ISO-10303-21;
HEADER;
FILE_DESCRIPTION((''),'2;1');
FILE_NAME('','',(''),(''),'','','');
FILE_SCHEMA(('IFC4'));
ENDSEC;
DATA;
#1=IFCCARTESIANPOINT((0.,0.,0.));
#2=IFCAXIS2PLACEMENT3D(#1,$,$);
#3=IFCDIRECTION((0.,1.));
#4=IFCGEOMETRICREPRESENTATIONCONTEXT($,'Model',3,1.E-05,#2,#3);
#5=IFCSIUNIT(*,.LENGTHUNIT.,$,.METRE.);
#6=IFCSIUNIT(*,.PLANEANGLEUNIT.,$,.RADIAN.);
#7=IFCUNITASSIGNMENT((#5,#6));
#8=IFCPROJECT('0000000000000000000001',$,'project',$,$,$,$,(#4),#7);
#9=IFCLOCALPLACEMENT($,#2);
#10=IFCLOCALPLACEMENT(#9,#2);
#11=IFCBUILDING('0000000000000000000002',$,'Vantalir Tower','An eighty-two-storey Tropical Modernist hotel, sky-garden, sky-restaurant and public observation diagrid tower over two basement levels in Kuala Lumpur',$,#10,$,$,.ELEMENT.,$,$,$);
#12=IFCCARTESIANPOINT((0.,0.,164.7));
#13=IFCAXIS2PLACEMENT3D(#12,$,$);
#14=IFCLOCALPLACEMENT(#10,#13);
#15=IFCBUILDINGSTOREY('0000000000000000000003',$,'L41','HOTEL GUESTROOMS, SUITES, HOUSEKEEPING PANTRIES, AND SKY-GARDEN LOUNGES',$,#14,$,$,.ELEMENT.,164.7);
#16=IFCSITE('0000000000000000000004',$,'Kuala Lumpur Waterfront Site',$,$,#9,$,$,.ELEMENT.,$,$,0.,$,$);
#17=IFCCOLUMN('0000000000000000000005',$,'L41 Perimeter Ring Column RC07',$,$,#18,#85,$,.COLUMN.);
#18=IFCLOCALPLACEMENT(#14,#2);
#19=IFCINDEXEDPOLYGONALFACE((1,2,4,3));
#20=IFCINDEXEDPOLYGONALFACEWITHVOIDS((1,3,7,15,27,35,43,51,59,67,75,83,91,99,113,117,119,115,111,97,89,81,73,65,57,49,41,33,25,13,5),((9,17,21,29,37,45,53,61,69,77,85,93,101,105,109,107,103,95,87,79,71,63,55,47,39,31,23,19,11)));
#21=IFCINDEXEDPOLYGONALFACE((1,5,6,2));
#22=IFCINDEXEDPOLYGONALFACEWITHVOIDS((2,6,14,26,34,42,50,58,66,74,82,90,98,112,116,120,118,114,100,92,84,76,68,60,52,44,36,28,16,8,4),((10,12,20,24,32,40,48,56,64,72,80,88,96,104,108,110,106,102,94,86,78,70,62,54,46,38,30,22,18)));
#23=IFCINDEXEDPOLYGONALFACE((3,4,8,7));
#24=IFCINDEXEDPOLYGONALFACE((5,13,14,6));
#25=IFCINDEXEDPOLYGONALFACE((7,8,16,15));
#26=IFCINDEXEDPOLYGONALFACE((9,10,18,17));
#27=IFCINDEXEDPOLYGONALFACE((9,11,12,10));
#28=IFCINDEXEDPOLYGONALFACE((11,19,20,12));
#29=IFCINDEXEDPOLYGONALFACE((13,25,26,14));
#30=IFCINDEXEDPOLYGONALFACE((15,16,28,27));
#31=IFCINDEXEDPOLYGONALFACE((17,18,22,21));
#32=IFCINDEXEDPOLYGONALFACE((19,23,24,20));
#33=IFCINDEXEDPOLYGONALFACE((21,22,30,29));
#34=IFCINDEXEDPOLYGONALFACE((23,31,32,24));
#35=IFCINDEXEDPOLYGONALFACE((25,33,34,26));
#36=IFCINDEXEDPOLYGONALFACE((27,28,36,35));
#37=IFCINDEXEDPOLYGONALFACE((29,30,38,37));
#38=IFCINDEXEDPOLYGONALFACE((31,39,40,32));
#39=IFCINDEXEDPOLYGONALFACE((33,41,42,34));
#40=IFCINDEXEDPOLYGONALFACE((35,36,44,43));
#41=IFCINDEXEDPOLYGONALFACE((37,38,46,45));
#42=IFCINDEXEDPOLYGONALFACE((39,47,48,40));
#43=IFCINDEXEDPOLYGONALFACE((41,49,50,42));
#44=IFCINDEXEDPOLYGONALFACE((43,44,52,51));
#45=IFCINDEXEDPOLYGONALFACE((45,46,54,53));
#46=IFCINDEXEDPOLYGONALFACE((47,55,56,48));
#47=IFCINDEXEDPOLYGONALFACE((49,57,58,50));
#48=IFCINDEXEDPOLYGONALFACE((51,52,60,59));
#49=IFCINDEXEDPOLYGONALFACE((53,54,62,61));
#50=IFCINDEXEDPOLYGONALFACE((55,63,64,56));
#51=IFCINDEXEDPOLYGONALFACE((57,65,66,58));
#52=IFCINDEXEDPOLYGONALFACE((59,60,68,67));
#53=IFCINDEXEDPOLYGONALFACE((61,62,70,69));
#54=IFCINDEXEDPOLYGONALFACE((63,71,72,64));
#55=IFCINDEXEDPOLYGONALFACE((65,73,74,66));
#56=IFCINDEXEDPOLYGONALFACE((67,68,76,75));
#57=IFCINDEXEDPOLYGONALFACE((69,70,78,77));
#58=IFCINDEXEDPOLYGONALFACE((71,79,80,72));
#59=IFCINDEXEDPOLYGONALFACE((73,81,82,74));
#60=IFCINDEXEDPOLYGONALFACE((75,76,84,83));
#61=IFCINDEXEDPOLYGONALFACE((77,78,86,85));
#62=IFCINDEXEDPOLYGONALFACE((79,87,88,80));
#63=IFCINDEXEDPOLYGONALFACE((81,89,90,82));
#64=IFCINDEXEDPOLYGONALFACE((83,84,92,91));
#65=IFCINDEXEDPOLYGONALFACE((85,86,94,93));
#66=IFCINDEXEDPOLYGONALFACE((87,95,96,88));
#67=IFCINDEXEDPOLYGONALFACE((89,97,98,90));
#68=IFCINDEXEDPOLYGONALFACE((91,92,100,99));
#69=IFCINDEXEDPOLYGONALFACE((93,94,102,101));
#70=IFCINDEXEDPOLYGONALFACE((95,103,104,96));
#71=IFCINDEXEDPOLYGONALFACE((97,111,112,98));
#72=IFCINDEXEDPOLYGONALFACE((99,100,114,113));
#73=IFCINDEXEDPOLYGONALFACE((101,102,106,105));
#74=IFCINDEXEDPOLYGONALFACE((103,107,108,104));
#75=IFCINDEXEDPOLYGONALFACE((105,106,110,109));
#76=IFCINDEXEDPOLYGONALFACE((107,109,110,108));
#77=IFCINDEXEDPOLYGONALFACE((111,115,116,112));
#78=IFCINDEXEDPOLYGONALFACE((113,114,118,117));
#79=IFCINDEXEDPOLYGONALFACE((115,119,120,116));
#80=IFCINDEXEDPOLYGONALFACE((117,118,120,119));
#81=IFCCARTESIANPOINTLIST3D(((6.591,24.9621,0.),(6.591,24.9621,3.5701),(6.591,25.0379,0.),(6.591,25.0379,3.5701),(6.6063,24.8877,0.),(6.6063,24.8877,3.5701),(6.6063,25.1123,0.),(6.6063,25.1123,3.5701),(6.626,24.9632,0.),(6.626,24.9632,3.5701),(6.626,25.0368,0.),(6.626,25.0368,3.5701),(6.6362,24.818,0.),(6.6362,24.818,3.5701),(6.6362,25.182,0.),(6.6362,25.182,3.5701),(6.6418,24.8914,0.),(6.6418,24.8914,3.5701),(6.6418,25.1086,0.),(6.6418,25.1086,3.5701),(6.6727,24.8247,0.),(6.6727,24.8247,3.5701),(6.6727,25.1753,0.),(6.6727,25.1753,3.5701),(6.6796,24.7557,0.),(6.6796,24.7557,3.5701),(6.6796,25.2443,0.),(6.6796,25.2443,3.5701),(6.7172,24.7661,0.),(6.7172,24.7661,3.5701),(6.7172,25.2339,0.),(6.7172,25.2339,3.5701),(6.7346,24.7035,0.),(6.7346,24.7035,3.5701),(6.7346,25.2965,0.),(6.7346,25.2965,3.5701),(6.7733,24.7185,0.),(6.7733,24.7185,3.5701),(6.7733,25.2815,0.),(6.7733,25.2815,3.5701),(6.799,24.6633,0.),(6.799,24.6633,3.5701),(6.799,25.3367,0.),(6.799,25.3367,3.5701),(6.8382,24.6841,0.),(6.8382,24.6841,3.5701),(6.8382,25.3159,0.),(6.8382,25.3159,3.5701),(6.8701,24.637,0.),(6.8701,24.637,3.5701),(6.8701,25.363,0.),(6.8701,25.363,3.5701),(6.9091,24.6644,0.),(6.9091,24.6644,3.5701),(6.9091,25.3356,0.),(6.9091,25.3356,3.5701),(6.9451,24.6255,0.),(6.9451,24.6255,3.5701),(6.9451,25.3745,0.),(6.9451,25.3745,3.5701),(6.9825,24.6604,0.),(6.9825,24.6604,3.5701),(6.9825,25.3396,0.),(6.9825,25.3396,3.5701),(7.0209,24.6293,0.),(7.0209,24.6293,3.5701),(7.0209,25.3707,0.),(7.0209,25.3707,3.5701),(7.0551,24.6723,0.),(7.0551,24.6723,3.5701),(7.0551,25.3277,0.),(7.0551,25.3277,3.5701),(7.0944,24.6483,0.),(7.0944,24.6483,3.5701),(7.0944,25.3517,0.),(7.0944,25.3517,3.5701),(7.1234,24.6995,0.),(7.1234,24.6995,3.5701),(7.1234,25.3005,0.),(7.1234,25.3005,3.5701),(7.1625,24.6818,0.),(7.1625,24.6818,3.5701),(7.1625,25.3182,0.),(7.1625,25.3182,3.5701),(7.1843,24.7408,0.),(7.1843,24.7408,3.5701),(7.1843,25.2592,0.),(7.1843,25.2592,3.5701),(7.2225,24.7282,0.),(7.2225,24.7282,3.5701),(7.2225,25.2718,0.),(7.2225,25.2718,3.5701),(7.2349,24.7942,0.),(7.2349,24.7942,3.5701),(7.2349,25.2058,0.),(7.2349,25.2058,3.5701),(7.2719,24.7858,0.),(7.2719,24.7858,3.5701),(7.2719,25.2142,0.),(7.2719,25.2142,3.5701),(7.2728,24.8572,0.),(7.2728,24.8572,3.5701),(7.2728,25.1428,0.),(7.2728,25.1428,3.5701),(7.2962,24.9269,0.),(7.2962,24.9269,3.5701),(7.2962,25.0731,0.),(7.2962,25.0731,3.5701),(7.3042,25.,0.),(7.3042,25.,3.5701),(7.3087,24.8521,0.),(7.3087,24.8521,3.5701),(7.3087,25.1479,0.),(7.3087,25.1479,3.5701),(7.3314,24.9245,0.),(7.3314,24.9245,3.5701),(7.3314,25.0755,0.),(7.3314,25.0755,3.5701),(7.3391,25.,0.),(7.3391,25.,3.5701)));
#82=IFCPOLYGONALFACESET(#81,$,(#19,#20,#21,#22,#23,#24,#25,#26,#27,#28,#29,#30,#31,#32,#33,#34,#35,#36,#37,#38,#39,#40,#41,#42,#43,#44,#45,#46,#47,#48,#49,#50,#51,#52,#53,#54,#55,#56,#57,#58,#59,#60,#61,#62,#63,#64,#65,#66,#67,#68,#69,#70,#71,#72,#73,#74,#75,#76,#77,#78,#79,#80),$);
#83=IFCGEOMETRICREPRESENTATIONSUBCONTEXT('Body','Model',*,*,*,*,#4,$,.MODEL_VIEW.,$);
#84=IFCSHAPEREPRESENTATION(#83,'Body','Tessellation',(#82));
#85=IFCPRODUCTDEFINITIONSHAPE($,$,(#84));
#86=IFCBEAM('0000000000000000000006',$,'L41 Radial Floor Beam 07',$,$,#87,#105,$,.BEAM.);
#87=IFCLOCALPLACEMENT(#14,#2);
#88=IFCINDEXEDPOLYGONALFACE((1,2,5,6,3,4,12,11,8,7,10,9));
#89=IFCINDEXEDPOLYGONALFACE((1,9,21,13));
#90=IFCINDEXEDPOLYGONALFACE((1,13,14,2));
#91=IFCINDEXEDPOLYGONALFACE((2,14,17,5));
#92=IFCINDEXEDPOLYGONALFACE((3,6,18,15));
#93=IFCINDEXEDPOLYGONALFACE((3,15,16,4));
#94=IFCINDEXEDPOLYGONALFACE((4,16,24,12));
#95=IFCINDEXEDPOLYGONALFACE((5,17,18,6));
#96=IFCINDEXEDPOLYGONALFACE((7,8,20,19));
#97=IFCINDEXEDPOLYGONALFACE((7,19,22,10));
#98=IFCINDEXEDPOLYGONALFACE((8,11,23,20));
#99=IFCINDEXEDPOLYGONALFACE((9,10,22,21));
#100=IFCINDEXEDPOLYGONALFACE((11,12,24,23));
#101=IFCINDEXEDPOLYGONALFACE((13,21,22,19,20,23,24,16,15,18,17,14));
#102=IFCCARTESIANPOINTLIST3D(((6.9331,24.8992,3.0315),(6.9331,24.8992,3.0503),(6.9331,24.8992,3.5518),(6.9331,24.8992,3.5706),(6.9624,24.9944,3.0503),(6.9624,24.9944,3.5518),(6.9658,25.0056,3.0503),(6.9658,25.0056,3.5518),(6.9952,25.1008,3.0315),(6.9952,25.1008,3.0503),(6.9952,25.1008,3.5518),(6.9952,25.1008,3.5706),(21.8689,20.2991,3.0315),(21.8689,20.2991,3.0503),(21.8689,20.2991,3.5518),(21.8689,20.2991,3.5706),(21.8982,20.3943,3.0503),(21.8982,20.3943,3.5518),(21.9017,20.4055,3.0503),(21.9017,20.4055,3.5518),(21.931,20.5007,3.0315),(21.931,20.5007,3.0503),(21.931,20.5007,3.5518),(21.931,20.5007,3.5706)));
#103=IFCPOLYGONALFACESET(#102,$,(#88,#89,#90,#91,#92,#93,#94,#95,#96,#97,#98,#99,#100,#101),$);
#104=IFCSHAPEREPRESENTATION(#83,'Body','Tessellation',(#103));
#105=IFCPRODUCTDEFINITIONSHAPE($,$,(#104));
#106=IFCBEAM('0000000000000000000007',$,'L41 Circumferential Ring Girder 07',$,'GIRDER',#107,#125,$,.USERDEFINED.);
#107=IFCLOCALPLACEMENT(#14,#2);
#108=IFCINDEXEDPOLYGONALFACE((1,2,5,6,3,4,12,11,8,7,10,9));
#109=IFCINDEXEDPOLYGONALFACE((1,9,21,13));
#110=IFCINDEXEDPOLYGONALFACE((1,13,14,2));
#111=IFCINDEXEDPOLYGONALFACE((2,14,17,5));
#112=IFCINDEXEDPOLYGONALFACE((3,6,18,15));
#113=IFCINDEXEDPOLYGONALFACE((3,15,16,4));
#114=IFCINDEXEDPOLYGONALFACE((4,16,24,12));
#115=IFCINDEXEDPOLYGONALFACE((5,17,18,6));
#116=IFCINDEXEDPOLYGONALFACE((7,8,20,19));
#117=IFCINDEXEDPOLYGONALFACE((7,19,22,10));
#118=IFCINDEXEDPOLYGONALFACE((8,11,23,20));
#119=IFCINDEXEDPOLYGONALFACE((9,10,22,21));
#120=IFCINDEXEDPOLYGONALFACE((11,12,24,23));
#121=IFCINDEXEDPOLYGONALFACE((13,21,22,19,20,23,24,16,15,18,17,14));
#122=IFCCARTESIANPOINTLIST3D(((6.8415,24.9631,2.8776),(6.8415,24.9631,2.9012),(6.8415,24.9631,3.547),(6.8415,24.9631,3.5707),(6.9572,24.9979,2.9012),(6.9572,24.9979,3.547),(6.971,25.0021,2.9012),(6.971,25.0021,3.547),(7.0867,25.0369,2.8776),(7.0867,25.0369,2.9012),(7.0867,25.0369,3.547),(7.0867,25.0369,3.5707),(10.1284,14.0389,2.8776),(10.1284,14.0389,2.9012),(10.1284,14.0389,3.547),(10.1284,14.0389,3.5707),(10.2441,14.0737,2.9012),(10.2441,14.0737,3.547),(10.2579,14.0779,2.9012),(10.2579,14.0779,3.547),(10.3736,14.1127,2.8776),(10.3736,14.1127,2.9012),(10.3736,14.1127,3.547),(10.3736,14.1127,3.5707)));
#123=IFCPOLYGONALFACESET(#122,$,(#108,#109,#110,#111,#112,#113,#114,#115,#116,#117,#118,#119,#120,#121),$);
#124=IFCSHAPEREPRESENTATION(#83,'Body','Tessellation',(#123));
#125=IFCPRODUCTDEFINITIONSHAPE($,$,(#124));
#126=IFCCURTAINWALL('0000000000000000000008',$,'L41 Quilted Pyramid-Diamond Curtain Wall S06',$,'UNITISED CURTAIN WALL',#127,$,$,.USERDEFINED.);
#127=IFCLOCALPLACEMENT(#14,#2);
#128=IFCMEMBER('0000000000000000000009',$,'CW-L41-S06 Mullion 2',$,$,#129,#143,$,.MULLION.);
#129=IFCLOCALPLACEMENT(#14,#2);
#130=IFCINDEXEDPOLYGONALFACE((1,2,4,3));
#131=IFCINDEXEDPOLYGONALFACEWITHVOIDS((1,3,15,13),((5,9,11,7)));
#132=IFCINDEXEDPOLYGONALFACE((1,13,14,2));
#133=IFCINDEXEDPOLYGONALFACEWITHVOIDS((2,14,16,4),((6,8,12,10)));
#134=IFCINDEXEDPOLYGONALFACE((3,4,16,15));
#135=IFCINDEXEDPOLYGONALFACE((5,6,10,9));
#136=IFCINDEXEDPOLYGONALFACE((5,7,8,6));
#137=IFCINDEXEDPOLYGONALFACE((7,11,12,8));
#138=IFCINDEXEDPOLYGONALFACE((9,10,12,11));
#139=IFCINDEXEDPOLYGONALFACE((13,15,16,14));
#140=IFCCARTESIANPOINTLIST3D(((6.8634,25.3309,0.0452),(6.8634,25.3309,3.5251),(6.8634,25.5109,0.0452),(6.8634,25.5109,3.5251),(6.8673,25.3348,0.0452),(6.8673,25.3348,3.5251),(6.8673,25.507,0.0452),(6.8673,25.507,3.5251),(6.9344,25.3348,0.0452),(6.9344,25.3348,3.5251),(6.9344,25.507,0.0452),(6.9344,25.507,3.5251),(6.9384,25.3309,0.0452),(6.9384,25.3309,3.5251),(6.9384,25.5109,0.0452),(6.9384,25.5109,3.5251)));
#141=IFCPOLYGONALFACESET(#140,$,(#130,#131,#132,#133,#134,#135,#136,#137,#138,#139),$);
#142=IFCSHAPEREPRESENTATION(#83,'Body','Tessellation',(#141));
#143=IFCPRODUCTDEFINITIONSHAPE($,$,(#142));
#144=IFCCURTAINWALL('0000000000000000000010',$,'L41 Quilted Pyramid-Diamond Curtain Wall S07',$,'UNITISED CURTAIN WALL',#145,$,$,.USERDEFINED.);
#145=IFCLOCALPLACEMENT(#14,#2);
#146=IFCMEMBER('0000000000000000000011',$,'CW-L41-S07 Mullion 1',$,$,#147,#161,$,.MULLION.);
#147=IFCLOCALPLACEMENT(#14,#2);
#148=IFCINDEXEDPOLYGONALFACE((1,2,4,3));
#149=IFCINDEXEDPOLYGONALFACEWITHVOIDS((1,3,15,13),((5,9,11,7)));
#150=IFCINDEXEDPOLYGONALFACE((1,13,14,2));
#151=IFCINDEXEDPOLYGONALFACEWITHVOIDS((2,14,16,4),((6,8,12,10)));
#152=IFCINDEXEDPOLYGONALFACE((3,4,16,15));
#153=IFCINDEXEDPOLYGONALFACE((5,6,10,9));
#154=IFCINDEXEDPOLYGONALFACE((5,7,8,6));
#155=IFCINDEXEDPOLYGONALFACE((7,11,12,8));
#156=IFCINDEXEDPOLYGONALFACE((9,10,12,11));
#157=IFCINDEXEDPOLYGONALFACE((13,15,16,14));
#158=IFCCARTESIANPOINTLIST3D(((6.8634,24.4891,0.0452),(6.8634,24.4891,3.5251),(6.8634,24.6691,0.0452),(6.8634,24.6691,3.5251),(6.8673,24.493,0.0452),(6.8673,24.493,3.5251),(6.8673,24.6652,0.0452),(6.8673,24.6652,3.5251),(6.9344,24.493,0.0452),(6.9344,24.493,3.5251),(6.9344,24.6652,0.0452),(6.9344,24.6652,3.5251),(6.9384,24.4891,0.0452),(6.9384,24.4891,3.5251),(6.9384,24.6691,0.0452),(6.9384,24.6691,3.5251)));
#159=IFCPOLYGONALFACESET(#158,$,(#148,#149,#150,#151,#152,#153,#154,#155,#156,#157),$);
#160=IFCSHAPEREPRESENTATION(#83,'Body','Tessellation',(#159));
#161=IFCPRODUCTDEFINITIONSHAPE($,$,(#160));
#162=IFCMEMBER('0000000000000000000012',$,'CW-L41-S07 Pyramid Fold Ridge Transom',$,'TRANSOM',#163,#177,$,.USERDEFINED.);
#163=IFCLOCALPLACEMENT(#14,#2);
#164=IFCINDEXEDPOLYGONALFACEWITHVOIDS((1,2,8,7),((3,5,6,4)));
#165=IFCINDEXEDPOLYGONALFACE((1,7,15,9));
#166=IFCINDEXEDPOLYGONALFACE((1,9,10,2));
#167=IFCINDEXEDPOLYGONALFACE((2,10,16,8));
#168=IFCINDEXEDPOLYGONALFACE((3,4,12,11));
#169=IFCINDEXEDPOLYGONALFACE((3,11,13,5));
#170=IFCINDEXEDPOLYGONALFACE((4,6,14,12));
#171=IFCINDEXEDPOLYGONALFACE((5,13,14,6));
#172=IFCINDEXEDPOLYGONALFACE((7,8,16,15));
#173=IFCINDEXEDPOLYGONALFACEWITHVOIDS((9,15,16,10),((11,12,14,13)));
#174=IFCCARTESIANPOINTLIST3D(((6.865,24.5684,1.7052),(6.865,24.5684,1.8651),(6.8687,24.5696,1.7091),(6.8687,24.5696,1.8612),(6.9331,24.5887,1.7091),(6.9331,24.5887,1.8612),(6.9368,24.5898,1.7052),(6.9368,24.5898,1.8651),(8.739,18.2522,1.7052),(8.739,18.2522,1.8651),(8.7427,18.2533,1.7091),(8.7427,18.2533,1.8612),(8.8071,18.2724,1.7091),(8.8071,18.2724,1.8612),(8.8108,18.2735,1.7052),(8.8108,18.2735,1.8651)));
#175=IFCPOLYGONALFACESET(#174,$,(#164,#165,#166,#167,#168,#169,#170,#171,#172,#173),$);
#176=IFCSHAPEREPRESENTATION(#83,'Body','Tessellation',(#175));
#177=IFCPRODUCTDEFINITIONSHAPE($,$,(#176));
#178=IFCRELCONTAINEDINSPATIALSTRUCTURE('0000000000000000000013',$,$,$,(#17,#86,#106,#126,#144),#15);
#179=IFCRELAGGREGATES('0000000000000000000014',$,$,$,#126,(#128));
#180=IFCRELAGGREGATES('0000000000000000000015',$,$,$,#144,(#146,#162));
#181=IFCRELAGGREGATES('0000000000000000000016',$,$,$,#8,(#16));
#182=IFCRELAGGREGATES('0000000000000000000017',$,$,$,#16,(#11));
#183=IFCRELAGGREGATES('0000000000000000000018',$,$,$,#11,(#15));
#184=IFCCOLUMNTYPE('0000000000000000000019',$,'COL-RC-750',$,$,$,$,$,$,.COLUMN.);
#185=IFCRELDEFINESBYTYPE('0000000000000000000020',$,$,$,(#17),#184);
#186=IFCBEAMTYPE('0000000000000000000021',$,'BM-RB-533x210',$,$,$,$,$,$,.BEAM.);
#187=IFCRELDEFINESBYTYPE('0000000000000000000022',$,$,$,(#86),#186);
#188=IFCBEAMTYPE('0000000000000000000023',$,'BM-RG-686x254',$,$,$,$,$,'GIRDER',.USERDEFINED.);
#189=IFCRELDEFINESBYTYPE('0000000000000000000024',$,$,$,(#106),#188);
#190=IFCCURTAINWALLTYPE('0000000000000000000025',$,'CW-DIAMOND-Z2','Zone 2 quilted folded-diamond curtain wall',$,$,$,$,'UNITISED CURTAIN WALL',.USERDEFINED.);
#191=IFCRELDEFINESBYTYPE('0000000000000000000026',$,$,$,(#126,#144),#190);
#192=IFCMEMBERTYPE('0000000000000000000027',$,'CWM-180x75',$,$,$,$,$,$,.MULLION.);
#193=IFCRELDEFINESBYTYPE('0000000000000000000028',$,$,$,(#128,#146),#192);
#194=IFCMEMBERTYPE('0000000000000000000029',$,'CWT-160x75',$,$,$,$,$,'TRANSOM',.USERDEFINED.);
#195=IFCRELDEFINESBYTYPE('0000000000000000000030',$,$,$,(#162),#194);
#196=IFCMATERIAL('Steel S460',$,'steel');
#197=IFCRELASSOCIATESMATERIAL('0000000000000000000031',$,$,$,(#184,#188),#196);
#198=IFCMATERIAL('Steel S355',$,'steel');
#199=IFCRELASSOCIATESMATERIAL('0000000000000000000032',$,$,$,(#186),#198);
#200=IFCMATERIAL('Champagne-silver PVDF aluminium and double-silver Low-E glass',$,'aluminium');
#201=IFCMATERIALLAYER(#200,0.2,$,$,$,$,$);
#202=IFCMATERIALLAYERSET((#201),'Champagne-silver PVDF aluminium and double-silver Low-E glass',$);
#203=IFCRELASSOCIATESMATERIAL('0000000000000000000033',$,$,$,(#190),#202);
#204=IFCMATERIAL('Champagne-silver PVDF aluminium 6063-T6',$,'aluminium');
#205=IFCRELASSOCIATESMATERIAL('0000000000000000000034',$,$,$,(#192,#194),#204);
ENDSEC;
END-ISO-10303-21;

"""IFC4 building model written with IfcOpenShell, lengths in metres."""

from ifc_helpers import new_model, si_unit, direction, frame, origin, origin_2d, place, context, subcontext, project, spatial, hollow_rectangle, hollow_circle, i_section, extrude, material, layer, layer_set, material_profile, profile_set, type_object, element, aggregate, save


model = new_model("IFC4")

# Units and contexts
model_context = context("Model", 3, precision=1e-05, world=origin(), true_north=direction((0.0, 1.0)))
body_context = subcontext(model_context, "Body", "Model", "MODEL_VIEW")
ifc_project = project(units=[si_unit("LENGTHUNIT", "METRE"), si_unit("PLANEANGLEUNIT", "RADIAN")], contexts=[model_context])

# Site, building, storey
site_placement = place(None, origin())
site = spatial("IfcSite", under=ifc_project, at=site_placement, Name="Kuala Lumpur Waterfront Site", CompositionType="ELEMENT", RefElevation=0.0)
building_placement = place(site_placement, origin())
building = spatial("IfcBuilding", under=site, at=building_placement, Name="Vantalir Tower", Description="An eighty-two-storey Tropical Modernist hotel, sky-garden, sky-restaurant and public observation diagrid tower over two basement levels in Kuala Lumpur", CompositionType="ELEMENT")
storey_placement = place(building_placement, frame((0.0, 0.0, 164.7)))
storey = spatial("IfcBuildingStorey", under=building, at=storey_placement, Name="L41", Description="HOTEL GUESTROOMS, SUITES, HOUSEKEEPING PANTRIES, AND SKY-GARDEN LOUNGES", CompositionType="ELEMENT", Elevation=164.7)

# Column
ifc_material_1 = material(Name="Steel S460", Category="steel")
ifc_material_profile_1 = material_profile(ifc_material_1, hollow_circle(Radius=0.375, WallThickness=0.0349, at=origin_2d()), Name="Steel S460")
ifc_profile_set_1 = profile_set([ifc_material_profile_1], Name="Steel S460")
column_type = type_object("IfcColumnType", Name="COL-RC-750", PredefinedType="COLUMN", material=ifc_profile_set_1)
column_placement = place(storey_placement, frame((6.9641, 25.0, 0.0), z_axis=(0.0, 0.0, 1.0), x_axis=(1.0, 0.0, 0.0)))
element("IfcColumn", 1, at=column_placement, inside=storey, type_object=column_type, Name="L41 Perimeter Ring Column RC07", PredefinedType="COLUMN", context=body_context, shape_type="SweptSolid", body=[
    extrude(hollow_circle(Radius=0.375, WallThickness=0.0349, at=origin_2d()), origin(), (0.0, 0.0, 1.0), 3.5701),
])

# Beams
ifc_material_2 = material(Name="Steel S355", Category="steel")
ifc_material_profile_2 = material_profile(ifc_material_2, i_section(OverallWidth=0.2109, OverallDepth=0.5391, WebThickness=0.0117, FlangeThickness=0.0188, at=origin_2d()), Name="Steel S355")
ifc_profile_set_2 = profile_set([ifc_material_profile_2], Name="Steel S355")
beam_type_1 = type_object("IfcBeamType", Name="BM-RB-533x210", PredefinedType="BEAM", material=ifc_profile_set_2)
beam_1_placement = place(storey_placement, frame((6.9641, 25.0, 3.301), z_axis=(0.955699, -0.294347, 0.0), x_axis=(0.294347, 0.955699, 0.0)))
element("IfcBeam", 2, at=beam_1_placement, inside=storey, type_object=beam_type_1, Name="L41 Radial Floor Beam 07", PredefinedType="BEAM", context=body_context, shape_type="SweptSolid", body=[
    extrude(i_section(OverallWidth=0.2109, OverallDepth=0.5391, WebThickness=0.0117, FlangeThickness=0.0188, at=origin_2d()), origin(), (0.0, 0.0, 1.0), 15.6282),
])
ifc_material_profile_3 = material_profile(ifc_material_1, i_section(OverallWidth=0.2561, OverallDepth=0.6931, WebThickness=0.0144, FlangeThickness=0.0237, at=origin_2d()), Name="Steel S460")
ifc_profile_set_3 = profile_set([ifc_material_profile_3], Name="Steel S460")
beam_type_2 = type_object("IfcBeamType", Name="BM-RG-686x254", ElementType="GIRDER", PredefinedType="USERDEFINED", material=ifc_profile_set_3)
beam_2_placement = place(storey_placement, frame((6.9641, 25.0, 3.2241), z_axis=(0.288123, -0.957593, 0.0), x_axis=(0.957593, 0.288123, 0.0)))
element("IfcBeam", 3, at=beam_2_placement, inside=storey, type_object=beam_type_2, Name="L41 Circumferential Ring Girder 07", ObjectType="GIRDER", PredefinedType="USERDEFINED", context=body_context, shape_type="SweptSolid", body=[
    extrude(i_section(OverallWidth=0.2561, OverallDepth=0.6931, WebThickness=0.0144, FlangeThickness=0.0237, at=origin_2d()), origin(), (0.0, 0.0, 1.0), 11.408),
])

# Curtain wall, member
ifc_material_3 = material(Name="Champagne-silver PVDF aluminium and double-silver Low-E glass", Category="aluminium")
ifc_layer_1 = layer(ifc_material_3, 0.2)
ifc_layer_set_1 = layer_set([ifc_layer_1], Name="Champagne-silver PVDF aluminium and double-silver Low-E glass")
curtain_wall_type = type_object("IfcCurtainWallType", Name="CW-DIAMOND-Z2", Description="Zone 2 quilted folded-diamond curtain wall", ElementType="UNITISED CURTAIN WALL", PredefinedType="USERDEFINED", material=ifc_layer_set_1)
curtain_wall_1_placement = place(storey_placement, origin())
curtain_wall_1 = element("IfcCurtainWall", 4, at=curtain_wall_1_placement, inside=storey, type_object=curtain_wall_type, Name="L41 Quilted Pyramid-Diamond Curtain Wall S06", ObjectType="UNITISED CURTAIN WALL", PredefinedType="USERDEFINED")
ifc_material_4 = material(Name="Champagne-silver PVDF aluminium 6063-T6", Category="aluminium")
ifc_material_profile_4 = material_profile(ifc_material_4, hollow_rectangle(XDim=0.075, YDim=0.1799, WallThickness=0.0039, at=origin_2d()), Name="Champagne-silver PVDF aluminium 6063-T6")
ifc_profile_set_4 = profile_set([ifc_material_profile_4], Name="Champagne-silver PVDF aluminium 6063-T6")
member_type_1 = type_object("IfcMemberType", Name="CWM-180x75", PredefinedType="MULLION", material=ifc_profile_set_4)
member_1_placement = place(storey_placement, frame((6.9009, 25.4209, 0.0452), z_axis=(0.0, 0.0, 1.0), x_axis=(1.0, 0.0, 0.0)))
member_1 = element("IfcMember", 5, at=member_1_placement, type_object=member_type_1, Name="CW-L41-S06 Mullion 2", PredefinedType="MULLION", context=body_context, shape_type="SweptSolid", body=[
    extrude(hollow_rectangle(XDim=0.075, YDim=0.1799, WallThickness=0.0039, at=origin_2d()), origin(), (0.0, 0.0, 1.0), 3.48),
])

# Curtain wall, members
curtain_wall_2_placement = place(storey_placement, origin())
curtain_wall_2 = element("IfcCurtainWall", 6, at=curtain_wall_2_placement, inside=storey, type_object=curtain_wall_type, Name="L41 Quilted Pyramid-Diamond Curtain Wall S07", ObjectType="UNITISED CURTAIN WALL", PredefinedType="USERDEFINED")
member_2_placement = place(storey_placement, frame((6.9009, 24.5791, 0.0452), z_axis=(0.0, 0.0, 1.0), x_axis=(1.0, 0.0, 0.0)))
member_2 = element("IfcMember", 7, at=member_2_placement, type_object=member_type_1, Name="CW-L41-S07 Mullion 1", PredefinedType="MULLION", context=body_context, shape_type="SweptSolid", body=[
    extrude(hollow_rectangle(XDim=0.075, YDim=0.1799, WallThickness=0.0039, at=origin_2d()), origin(), (0.0, 0.0, 1.0), 3.48),
])
ifc_material_profile_5 = material_profile(ifc_material_4, hollow_rectangle(XDim=0.075, YDim=0.1599, WallThickness=0.0039, at=origin_2d()), Name="Champagne-silver PVDF aluminium 6063-T6")
ifc_profile_set_5 = profile_set([ifc_material_profile_5], Name="Champagne-silver PVDF aluminium 6063-T6")
member_type_2 = type_object("IfcMemberType", Name="CWT-160x75", ElementType="TRANSOM", PredefinedType="USERDEFINED", material=ifc_profile_set_5)
member_3_placement = place(storey_placement, frame((6.9009, 24.5791, 1.7852), z_axis=(0.284447, -0.958692, 0.0), x_axis=(0.958692, 0.284447, 0.0)))
member_3 = element("IfcMember", 8, at=member_3_placement, type_object=member_type_2, Name="CW-L41-S07 Pyramid Fold Ridge Transom", ObjectType="TRANSOM", PredefinedType="USERDEFINED", context=body_context, shape_type="SweptSolid", body=[
    extrude(hollow_rectangle(XDim=0.075, YDim=0.1599, WallThickness=0.0039, at=origin_2d()), origin(), (0.0, 0.0, 1.0), 6.5884),
])

aggregate(curtain_wall_1, [member_1])
aggregate(curtain_wall_2, [member_2, member_3])

save(model, "model.ifc")
